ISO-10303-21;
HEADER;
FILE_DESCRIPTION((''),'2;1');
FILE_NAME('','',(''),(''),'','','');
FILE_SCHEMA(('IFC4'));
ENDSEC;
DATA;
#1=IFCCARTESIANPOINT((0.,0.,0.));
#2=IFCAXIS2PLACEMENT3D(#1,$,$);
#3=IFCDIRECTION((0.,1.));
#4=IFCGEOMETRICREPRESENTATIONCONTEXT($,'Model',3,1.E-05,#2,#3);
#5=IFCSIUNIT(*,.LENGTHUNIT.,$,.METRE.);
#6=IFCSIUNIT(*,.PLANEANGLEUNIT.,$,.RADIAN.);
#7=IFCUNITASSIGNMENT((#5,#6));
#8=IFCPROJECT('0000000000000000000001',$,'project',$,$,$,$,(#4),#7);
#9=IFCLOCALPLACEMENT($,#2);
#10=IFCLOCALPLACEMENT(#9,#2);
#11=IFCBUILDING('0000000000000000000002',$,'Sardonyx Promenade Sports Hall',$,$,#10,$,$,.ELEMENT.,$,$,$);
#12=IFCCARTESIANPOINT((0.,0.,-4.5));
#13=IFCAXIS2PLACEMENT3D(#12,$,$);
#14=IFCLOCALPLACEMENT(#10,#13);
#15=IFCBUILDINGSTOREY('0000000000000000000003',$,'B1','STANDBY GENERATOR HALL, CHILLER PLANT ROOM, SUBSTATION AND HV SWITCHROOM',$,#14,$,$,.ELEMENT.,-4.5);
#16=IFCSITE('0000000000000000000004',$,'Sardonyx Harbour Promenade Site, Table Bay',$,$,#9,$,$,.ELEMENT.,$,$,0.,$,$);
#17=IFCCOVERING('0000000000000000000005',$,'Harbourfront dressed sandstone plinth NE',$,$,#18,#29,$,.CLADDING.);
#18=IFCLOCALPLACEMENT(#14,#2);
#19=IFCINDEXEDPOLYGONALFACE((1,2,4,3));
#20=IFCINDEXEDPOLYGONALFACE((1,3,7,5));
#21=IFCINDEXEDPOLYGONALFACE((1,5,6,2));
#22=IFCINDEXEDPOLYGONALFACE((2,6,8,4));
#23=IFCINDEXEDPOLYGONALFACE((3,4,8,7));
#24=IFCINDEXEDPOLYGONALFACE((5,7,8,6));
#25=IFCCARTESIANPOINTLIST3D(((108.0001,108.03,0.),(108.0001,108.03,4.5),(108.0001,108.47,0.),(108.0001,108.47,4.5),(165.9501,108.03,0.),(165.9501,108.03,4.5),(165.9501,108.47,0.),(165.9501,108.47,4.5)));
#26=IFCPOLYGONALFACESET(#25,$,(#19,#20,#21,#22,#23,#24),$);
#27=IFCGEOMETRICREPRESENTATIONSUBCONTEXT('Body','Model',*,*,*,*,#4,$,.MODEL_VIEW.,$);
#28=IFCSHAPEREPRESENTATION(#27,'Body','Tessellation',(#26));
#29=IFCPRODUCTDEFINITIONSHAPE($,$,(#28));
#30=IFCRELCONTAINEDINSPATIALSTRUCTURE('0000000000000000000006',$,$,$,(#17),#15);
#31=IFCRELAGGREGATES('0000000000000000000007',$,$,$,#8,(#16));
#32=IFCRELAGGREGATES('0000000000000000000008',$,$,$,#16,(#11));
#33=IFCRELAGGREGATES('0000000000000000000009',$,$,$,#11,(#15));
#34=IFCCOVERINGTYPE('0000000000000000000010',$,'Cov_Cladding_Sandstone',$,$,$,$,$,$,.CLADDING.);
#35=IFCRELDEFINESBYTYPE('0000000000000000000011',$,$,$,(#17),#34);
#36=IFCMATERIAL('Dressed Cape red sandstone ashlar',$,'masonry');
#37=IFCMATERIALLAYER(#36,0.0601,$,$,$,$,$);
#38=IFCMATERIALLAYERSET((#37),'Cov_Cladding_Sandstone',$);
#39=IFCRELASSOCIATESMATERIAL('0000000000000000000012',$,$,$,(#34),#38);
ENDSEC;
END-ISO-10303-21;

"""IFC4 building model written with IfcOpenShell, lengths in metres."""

from ifc_helpers import new_model, si_unit, direction, frame, frame_2d, origin, place, context, subcontext, project, spatial, rectangle, extrude, material, layer, layer_set, type_object, element, save


model = new_model("IFC4")

# Units and contexts
model_context = context("Model", 3, precision=1e-05, world=origin(), true_north=direction((0.0, 1.0)))
body_context = subcontext(model_context, "Body", "Model", "MODEL_VIEW")
ifc_project = project(units=[si_unit("LENGTHUNIT", "METRE"), si_unit("PLANEANGLEUNIT", "RADIAN")], contexts=[model_context])

# Site, building, storey
site_placement = place(None, origin())
site = spatial("IfcSite", under=ifc_project, at=site_placement, Name="Sardonyx Harbour Promenade Site, Table Bay", CompositionType="ELEMENT", RefElevation=0.0)
building_placement = place(site_placement, origin())
building = spatial("IfcBuilding", under=site, at=building_placement, Name="Sardonyx Promenade Sports Hall", CompositionType="ELEMENT")
storey_placement = place(building_placement, frame((0.0, 0.0, -4.5)))
storey = spatial("IfcBuildingStorey", under=building, at=storey_placement, Name="B1", Description="STANDBY GENERATOR HALL, CHILLER PLANT ROOM, SUBSTATION AND HV SWITCHROOM", CompositionType="ELEMENT", Elevation=-4.5)

# Covering
ifc_material_1 = material(Name="Dressed Cape red sandstone ashlar", Category="masonry")
ifc_layer = layer(ifc_material_1, 0.0601)
ifc_layer_set = layer_set([ifc_layer], Name="Cov_Cladding_Sandstone")
covering_type = type_object("IfcCoveringType", Name="Cov_Cladding_Sandstone", PredefinedType="CLADDING", material=ifc_layer_set)
covering_1_placement = place(storey_placement, frame((108.0, 108.25, 0.0), z_axis=(0.0, 0.0, 1.0), x_axis=(1.0, 0.0, 0.0)))
element("IfcCovering", 1, at=covering_1_placement, inside=storey, type_object=covering_type, Name="Harbourfront dressed sandstone plinth NE", PredefinedType="CLADDING", context=body_context, shape_type="SweptSolid", body=[
    extrude(rectangle(XDim=57.95, YDim=0.4399, at=frame_2d((28.9751, 0.0))), origin(), (0.0, 0.0, 1.0), 4.5),
])

save(model, "model.ifc")
